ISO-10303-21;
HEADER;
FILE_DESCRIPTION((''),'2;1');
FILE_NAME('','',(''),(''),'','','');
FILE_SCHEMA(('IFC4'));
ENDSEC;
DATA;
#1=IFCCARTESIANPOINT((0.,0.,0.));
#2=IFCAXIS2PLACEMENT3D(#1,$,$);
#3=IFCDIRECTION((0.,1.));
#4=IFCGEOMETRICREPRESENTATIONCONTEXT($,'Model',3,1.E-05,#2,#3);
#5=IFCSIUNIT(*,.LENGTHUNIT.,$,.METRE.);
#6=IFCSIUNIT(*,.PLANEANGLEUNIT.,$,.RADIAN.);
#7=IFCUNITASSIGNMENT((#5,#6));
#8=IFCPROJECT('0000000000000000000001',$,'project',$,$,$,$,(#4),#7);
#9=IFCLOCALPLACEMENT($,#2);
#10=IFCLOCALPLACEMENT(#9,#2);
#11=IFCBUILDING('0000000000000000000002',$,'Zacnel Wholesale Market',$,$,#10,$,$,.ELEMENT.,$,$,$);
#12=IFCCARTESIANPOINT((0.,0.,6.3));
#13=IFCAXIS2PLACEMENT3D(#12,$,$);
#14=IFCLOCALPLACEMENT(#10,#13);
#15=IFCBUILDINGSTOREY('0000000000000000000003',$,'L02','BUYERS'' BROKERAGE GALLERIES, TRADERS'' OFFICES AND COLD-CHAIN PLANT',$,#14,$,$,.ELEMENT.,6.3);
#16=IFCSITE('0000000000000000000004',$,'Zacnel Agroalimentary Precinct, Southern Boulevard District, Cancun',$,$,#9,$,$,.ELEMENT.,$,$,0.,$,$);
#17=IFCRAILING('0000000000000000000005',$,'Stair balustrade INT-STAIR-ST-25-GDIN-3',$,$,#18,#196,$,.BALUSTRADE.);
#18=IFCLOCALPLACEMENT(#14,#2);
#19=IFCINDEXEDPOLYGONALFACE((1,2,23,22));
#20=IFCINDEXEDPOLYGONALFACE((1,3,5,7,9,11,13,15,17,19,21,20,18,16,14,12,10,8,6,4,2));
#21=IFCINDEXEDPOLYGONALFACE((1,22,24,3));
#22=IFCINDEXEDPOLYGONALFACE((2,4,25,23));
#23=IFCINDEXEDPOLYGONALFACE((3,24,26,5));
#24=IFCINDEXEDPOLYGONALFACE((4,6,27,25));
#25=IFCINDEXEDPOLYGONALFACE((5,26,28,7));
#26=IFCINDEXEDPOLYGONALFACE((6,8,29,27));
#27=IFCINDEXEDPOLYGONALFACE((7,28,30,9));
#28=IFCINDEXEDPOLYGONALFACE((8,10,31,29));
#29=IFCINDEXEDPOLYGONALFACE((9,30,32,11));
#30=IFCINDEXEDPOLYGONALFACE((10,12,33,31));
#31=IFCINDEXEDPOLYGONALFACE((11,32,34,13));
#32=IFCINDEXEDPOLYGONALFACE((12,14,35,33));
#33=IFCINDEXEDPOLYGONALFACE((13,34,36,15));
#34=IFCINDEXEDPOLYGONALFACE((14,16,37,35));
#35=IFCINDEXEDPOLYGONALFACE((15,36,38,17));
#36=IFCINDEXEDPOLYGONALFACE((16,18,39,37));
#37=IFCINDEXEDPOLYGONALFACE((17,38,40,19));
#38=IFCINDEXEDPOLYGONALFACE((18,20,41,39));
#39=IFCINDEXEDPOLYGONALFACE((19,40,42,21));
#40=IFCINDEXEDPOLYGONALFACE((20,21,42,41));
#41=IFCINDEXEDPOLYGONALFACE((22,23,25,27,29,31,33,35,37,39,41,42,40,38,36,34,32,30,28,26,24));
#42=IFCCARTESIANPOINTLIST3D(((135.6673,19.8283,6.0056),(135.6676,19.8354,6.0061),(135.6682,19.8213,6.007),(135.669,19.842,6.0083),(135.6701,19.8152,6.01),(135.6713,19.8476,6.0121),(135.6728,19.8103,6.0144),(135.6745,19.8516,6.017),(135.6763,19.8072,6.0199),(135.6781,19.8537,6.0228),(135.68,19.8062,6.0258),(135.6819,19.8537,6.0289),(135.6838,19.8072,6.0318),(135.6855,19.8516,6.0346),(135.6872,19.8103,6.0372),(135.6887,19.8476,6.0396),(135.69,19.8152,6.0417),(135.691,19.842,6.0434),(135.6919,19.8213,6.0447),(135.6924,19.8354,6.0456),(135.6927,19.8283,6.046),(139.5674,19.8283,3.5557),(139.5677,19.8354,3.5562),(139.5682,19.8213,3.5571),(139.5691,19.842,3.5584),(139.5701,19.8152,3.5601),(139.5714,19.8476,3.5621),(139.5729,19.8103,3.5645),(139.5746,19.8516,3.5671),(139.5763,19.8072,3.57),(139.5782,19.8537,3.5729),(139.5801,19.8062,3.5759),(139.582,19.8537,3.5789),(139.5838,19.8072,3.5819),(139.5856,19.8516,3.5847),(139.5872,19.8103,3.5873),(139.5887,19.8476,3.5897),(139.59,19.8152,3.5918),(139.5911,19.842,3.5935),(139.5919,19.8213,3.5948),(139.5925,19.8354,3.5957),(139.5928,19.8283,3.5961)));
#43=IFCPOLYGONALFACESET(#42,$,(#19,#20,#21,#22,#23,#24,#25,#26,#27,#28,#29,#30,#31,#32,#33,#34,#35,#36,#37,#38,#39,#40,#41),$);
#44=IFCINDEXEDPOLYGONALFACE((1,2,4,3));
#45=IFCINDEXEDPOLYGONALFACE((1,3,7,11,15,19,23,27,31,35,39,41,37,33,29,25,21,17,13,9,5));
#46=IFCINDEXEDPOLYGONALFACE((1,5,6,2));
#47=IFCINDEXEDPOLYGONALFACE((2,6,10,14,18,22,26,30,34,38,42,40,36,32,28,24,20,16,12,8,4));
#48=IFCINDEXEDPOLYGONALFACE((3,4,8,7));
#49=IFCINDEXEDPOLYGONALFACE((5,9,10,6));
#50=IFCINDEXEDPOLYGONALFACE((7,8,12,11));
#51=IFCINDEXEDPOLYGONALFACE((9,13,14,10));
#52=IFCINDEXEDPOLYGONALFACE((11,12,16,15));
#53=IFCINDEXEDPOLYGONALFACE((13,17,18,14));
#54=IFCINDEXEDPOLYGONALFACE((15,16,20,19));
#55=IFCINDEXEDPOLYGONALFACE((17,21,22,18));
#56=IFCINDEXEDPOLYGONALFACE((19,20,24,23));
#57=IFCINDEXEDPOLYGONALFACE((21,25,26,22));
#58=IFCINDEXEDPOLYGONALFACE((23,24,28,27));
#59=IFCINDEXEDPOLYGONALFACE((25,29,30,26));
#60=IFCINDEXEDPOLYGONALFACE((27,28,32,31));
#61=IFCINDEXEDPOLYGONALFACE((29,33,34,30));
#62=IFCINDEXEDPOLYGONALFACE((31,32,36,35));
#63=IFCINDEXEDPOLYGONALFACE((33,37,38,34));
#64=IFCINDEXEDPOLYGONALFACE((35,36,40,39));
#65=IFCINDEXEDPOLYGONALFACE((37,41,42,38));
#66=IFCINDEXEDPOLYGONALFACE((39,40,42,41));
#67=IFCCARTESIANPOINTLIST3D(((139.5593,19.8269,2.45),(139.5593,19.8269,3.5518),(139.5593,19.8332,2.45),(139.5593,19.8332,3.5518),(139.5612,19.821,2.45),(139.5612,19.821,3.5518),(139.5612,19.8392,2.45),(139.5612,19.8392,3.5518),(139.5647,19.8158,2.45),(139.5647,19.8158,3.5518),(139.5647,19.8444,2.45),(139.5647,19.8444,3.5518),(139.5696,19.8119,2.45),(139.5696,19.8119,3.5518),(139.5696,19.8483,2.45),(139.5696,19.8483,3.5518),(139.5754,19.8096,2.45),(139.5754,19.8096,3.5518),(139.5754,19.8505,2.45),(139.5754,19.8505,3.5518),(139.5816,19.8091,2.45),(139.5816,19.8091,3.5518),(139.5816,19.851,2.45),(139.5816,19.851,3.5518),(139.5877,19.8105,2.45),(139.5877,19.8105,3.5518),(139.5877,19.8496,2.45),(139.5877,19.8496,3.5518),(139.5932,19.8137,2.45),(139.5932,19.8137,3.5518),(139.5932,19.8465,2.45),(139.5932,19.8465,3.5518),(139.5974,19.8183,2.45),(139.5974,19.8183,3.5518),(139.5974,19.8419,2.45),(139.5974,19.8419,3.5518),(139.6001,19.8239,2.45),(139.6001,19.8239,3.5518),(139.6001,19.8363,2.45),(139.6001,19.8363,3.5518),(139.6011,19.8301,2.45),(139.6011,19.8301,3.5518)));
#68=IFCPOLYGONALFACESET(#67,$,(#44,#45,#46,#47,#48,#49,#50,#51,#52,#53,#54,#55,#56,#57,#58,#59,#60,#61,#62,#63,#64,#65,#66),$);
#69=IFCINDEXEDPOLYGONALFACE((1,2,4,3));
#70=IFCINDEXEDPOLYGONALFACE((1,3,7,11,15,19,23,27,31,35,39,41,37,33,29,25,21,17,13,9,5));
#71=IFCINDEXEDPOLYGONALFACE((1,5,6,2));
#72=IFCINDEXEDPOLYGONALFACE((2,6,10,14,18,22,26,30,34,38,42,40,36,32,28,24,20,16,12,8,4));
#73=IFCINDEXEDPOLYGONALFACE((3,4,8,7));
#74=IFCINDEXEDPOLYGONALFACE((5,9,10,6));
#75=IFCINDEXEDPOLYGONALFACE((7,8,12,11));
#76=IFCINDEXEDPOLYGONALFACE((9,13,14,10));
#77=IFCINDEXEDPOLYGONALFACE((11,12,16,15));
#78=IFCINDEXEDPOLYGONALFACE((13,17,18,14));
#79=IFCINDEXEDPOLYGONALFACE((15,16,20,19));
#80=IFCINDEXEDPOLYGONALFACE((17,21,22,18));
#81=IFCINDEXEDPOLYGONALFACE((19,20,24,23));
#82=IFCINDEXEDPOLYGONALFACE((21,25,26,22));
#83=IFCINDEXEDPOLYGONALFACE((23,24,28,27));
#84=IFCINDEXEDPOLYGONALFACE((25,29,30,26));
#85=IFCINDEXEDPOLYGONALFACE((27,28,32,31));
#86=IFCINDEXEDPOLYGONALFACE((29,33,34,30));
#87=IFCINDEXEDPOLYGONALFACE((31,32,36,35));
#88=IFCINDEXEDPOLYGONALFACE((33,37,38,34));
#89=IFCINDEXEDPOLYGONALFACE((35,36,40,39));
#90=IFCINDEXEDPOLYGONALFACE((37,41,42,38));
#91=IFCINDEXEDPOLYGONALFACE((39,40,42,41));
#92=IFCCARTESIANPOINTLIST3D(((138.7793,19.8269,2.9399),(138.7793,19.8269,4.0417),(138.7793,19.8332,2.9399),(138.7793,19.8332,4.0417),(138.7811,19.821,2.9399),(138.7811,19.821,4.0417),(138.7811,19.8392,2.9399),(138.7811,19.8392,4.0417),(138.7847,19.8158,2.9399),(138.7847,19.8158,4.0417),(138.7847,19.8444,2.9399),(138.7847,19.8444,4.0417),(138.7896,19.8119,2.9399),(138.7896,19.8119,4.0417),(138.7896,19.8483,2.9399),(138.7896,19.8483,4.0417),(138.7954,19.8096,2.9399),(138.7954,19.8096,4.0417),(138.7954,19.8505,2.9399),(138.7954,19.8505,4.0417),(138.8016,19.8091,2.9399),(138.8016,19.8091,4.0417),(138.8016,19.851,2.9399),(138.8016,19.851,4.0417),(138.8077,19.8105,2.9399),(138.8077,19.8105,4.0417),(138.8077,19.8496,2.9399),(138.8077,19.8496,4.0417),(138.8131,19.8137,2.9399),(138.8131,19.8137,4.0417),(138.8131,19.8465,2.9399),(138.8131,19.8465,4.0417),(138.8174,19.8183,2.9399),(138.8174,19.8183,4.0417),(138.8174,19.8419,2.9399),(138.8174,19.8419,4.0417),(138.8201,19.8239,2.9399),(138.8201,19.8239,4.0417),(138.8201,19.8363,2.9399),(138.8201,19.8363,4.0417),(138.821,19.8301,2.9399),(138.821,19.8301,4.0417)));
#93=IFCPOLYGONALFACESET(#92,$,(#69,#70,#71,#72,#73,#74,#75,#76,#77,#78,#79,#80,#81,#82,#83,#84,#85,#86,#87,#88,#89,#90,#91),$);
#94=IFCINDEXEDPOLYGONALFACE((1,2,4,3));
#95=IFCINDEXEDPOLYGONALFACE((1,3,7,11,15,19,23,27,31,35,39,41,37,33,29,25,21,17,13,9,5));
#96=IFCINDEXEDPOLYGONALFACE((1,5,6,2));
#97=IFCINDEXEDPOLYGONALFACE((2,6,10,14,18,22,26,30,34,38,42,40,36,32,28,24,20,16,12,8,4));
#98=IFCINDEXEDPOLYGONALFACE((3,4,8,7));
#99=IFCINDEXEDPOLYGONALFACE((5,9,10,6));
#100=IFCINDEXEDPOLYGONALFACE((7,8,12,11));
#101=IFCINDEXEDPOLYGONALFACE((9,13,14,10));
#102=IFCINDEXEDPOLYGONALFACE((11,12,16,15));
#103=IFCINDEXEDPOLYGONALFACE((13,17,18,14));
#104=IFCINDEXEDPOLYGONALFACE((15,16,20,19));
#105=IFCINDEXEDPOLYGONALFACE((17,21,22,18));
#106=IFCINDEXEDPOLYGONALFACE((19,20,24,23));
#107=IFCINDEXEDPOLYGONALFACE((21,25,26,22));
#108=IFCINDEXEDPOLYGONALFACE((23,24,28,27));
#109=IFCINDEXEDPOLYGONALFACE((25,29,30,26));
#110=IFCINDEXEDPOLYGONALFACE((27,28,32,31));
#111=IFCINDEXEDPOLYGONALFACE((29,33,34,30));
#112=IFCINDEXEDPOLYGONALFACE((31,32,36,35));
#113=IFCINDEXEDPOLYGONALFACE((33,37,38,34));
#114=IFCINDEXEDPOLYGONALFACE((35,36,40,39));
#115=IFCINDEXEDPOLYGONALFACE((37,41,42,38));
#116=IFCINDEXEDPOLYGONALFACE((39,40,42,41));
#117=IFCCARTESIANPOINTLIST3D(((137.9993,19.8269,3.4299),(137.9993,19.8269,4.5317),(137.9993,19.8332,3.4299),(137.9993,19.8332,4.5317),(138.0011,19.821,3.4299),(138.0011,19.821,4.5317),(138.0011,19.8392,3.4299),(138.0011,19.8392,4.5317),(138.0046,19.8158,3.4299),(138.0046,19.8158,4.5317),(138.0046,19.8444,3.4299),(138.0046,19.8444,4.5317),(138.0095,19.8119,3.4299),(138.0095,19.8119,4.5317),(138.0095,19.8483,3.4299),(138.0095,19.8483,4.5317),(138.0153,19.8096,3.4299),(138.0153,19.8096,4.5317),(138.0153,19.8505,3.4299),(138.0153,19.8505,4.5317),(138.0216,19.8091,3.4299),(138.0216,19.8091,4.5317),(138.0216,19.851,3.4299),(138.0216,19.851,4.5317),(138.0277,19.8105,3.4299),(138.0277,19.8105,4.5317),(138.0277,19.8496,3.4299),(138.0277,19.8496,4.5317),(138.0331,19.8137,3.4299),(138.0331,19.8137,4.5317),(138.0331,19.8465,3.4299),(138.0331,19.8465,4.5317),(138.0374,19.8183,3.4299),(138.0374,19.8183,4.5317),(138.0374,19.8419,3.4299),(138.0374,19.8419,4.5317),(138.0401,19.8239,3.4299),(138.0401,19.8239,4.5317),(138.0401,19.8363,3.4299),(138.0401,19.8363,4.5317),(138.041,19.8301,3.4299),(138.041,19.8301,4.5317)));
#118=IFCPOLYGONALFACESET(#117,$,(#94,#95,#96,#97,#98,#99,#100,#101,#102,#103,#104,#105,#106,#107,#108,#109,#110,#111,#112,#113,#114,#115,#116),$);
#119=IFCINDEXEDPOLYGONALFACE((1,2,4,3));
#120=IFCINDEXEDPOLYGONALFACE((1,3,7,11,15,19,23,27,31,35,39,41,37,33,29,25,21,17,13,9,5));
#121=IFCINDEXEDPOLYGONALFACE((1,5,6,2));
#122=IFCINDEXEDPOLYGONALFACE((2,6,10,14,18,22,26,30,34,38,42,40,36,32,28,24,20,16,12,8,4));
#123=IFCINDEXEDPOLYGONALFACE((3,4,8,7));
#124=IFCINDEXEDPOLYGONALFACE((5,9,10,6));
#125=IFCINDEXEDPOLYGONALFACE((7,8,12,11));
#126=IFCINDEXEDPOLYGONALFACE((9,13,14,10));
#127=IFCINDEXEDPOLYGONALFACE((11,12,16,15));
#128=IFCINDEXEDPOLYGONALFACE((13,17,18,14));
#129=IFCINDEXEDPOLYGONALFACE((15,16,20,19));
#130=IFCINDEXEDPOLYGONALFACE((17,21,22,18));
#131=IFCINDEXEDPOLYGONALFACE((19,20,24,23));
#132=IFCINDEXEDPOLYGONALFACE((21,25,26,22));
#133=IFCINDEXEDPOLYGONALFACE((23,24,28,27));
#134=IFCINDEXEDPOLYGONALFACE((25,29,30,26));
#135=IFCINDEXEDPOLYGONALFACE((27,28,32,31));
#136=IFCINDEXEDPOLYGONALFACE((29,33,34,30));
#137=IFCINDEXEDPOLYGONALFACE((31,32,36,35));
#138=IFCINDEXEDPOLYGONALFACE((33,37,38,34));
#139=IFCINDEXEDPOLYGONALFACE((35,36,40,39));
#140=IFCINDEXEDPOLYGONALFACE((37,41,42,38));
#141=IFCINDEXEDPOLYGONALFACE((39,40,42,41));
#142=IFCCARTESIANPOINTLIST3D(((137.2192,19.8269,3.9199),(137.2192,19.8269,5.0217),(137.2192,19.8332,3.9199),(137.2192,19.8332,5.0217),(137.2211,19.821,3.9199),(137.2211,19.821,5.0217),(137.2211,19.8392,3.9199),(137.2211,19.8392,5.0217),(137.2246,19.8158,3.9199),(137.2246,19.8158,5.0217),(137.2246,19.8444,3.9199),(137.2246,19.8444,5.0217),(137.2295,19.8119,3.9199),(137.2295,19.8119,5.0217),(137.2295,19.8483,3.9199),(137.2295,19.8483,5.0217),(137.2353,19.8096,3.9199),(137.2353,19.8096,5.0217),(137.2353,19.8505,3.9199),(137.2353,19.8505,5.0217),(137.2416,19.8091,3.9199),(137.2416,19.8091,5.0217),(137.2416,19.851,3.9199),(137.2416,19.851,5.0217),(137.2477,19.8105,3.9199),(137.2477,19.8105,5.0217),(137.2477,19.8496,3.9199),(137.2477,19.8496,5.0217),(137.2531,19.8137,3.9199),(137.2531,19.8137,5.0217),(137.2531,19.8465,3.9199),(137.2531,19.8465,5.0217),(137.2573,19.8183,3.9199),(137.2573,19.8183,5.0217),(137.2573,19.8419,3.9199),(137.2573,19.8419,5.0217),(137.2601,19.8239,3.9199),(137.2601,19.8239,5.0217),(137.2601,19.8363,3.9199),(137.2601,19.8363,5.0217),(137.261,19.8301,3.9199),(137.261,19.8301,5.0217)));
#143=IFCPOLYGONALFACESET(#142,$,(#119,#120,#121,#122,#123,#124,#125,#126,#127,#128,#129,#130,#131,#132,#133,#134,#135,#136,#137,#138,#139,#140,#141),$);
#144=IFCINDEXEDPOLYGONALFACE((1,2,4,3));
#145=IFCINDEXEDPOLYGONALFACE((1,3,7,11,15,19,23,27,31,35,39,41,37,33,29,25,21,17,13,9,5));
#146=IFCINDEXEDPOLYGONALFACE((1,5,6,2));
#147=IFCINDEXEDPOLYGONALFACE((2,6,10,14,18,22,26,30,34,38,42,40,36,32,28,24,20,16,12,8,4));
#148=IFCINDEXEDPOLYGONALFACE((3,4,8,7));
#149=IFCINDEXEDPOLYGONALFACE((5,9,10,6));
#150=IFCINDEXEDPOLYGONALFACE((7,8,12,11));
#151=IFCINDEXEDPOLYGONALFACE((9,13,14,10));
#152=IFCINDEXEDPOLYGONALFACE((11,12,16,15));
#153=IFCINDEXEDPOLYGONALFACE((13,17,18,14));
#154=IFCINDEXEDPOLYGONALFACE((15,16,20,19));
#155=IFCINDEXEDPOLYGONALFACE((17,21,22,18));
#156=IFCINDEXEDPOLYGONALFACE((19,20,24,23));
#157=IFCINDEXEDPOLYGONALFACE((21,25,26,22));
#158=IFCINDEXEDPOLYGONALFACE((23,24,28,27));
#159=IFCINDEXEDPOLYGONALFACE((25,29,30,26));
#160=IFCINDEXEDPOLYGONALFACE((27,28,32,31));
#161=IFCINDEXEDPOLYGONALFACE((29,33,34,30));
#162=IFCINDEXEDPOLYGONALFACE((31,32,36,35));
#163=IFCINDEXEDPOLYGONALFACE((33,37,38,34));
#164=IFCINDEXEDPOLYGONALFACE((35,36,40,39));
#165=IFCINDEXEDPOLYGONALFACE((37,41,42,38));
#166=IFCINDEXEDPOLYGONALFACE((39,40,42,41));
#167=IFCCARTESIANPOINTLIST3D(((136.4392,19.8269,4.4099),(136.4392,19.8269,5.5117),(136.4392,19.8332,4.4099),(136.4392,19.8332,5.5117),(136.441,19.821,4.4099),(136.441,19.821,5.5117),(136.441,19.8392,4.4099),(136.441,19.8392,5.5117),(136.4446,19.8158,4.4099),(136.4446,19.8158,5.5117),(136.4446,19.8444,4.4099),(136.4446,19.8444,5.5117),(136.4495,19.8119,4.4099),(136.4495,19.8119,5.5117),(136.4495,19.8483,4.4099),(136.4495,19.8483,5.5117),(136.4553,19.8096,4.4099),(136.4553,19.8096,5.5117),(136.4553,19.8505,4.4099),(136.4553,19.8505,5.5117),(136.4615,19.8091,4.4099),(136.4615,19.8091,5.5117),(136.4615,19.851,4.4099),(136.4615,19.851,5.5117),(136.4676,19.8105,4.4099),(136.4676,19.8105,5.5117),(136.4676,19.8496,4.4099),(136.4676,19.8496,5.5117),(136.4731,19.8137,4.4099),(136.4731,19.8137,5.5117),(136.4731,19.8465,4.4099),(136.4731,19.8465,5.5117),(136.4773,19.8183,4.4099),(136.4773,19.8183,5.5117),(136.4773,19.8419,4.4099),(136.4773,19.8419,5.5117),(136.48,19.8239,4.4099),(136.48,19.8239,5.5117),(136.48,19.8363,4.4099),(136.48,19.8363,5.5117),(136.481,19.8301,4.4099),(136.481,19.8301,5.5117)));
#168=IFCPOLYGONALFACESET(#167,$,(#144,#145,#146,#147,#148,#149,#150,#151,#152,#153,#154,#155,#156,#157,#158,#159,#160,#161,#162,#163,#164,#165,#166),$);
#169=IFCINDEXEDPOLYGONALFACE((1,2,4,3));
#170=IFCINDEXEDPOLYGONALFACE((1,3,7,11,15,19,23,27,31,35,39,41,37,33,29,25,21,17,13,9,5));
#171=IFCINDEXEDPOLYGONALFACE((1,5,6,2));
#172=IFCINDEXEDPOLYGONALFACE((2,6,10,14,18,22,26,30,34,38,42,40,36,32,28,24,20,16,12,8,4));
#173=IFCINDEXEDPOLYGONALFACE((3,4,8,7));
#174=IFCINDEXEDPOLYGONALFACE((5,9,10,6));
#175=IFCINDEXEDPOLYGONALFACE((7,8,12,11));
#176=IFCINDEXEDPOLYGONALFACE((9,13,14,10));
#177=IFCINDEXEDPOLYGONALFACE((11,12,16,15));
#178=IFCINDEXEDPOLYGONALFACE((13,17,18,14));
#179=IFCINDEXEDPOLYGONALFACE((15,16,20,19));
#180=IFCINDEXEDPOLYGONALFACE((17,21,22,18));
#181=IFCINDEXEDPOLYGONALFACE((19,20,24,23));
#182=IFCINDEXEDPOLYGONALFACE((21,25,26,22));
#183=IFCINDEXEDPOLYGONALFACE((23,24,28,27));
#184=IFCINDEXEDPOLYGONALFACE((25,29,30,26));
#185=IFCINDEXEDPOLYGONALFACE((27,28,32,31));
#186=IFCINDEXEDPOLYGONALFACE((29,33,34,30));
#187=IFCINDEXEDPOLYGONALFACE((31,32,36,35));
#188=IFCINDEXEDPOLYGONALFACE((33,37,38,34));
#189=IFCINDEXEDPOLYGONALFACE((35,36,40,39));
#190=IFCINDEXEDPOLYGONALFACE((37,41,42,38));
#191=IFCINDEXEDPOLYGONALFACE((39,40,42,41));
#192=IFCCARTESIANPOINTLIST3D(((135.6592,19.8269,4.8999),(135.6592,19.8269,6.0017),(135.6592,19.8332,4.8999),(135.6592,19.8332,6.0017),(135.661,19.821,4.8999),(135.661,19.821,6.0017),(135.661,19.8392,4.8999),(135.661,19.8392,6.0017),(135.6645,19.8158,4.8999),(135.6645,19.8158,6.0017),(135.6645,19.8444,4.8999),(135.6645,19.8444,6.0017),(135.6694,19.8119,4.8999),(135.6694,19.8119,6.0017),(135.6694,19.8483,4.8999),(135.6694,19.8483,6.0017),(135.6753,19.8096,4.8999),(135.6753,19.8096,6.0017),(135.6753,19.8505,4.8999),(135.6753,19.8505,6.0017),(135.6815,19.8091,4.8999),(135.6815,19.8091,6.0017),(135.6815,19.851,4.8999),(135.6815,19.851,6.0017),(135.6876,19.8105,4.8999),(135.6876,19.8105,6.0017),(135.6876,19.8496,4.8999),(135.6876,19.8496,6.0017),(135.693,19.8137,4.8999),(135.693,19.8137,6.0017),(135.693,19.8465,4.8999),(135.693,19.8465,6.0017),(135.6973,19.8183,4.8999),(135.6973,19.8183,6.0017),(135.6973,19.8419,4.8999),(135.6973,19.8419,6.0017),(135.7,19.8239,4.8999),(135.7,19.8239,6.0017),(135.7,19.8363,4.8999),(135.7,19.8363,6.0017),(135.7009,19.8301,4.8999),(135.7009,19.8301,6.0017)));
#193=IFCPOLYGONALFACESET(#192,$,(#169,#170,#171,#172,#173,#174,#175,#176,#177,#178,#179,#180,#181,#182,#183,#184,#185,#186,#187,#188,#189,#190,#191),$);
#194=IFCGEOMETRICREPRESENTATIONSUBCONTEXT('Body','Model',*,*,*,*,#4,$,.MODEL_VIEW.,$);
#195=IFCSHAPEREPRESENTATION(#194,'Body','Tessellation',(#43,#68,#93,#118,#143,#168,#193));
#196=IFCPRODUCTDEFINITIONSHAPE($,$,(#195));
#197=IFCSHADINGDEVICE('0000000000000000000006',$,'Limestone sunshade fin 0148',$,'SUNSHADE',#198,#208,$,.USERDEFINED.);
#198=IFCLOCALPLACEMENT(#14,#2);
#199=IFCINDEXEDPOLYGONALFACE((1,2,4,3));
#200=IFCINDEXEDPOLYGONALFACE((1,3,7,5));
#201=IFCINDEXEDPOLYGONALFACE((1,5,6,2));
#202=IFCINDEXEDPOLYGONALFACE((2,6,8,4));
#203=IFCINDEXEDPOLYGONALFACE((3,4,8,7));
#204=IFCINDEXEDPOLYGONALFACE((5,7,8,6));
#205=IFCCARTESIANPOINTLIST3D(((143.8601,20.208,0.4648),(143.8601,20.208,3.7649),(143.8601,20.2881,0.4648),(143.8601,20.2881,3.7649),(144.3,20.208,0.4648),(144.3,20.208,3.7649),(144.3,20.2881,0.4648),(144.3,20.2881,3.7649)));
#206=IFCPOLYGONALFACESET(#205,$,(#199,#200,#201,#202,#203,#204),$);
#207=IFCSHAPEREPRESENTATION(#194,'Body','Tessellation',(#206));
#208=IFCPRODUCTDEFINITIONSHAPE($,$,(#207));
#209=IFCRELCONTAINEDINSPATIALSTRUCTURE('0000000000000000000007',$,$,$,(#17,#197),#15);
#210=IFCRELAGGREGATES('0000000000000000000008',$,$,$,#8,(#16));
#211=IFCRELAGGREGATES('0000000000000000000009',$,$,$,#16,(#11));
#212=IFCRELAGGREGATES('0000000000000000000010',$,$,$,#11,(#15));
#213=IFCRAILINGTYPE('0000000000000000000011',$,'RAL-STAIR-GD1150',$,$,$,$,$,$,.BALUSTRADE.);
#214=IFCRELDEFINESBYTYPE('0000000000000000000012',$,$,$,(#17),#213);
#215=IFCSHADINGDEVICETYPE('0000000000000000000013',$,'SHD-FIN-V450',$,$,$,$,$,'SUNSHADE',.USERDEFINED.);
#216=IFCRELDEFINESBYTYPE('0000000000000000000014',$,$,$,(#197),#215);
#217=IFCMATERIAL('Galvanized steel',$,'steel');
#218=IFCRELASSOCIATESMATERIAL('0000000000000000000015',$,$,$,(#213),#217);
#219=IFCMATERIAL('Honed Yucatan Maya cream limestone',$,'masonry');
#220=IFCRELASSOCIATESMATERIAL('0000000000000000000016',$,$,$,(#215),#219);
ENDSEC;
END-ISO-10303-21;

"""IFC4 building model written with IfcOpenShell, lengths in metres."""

from ifc_helpers import new_model, si_unit, direction, frame, origin, origin_2d, place, context, subcontext, project, spatial, rectangle, circle, extrude, material, type_object, element, save


model = new_model("IFC4")

# Units and contexts
model_context = context("Model", 3, precision=1e-05, world=origin(), true_north=direction((0.0, 1.0)))
body_context = subcontext(model_context, "Body", "Model", "MODEL_VIEW")
ifc_project = project(units=[si_unit("LENGTHUNIT", "METRE"), si_unit("PLANEANGLEUNIT", "RADIAN")], contexts=[model_context])

# Site, building, storey
site_placement = place(None, origin())
site = spatial("IfcSite", under=ifc_project, at=site_placement, Name="Zacnel Agroalimentary Precinct, Southern Boulevard District, Cancun", CompositionType="ELEMENT", RefElevation=0.0)
building_placement = place(site_placement, origin())
building = spatial("IfcBuilding", under=site, at=building_placement, Name="Zacnel Wholesale Market", CompositionType="ELEMENT")
storey_placement = place(building_placement, frame((0.0, 0.0, 6.3)))
storey = spatial("IfcBuildingStorey", under=building, at=storey_placement, Name="L02", Description="BUYERS' BROKERAGE GALLERIES, TRADERS' OFFICES AND COLD-CHAIN PLANT", CompositionType="ELEMENT", Elevation=6.3)

# Railing
ifc_material_1 = material(Name="Galvanized steel", Category="steel")
railing_type = type_object("IfcRailingType", Name="RAL-STAIR-GD1150", PredefinedType="BALUSTRADE", material=ifc_material_1)
railing_placement = place(storey_placement, frame((139.5801, 19.8301, 2.45)))
element("IfcRailing", 1, at=railing_placement, inside=storey, type_object=railing_type, Name="Stair balustrade INT-STAIR-ST-25-GDIN-3", PredefinedType="BALUSTRADE", context=body_context, shape_type="SweptSolid", body=[
    extrude(circle(Radius=0.0239, at=origin_2d()), frame((0.0, 0.0, 1.126), z_axis=(-0.84679, 0.0, 0.531927), x_axis=(0.0, -1.0, 0.0)), (0.0, 0.0, 1.0), 4.6057),
    extrude(circle(Radius=0.021, at=origin_2d()), origin(), (0.0, 0.0, 1.0), 1.1018),
    extrude(circle(Radius=0.021, at=origin_2d()), frame((-0.78, 0.0, 0.49)), (0.0, 0.0, 1.0), 1.1018),
    extrude(circle(Radius=0.021, at=origin_2d()), frame((-1.5601, 0.0, 0.98)), (0.0, 0.0, 1.0), 1.1018),
    extrude(circle(Radius=0.021, at=origin_2d()), frame((-2.3401, 0.0, 1.47)), (0.0, 0.0, 1.0), 1.1018),
    extrude(circle(Radius=0.021, at=origin_2d()), frame((-3.1201, 0.0, 1.96)), (0.0, 0.0, 1.0), 1.1018),
    extrude(circle(Radius=0.021, at=origin_2d()), frame((-3.9001, 0.0, 2.45)), (0.0, 0.0, 1.0), 1.1018),
])

# Shading device
ifc_material_2 = material(Name="Honed Yucatan Maya cream limestone", Category="masonry")
shading_device_type = type_object("IfcShadingDeviceType", Name="SHD-FIN-V450", ElementType="SUNSHADE", PredefinedType="USERDEFINED", material=ifc_material_2)
shading_device_1_placement = place(storey_placement, frame((144.0801, 20.248, 0.4648), z_axis=(0.0, 0.0, 1.0), x_axis=(0.0, 1.0, 0.0)))
element("IfcShadingDevice", 2, at=shading_device_1_placement, inside=storey, type_object=shading_device_type, Name="Limestone sunshade fin 0148", ObjectType="SUNSHADE", PredefinedType="USERDEFINED", context=body_context, shape_type="SweptSolid", body=[
    extrude(rectangle(XDim=0.0801, YDim=0.4399, at=origin_2d()), origin(), (0.0, 0.0, 1.0), 3.3),
])

save(model, "model.ifc")
